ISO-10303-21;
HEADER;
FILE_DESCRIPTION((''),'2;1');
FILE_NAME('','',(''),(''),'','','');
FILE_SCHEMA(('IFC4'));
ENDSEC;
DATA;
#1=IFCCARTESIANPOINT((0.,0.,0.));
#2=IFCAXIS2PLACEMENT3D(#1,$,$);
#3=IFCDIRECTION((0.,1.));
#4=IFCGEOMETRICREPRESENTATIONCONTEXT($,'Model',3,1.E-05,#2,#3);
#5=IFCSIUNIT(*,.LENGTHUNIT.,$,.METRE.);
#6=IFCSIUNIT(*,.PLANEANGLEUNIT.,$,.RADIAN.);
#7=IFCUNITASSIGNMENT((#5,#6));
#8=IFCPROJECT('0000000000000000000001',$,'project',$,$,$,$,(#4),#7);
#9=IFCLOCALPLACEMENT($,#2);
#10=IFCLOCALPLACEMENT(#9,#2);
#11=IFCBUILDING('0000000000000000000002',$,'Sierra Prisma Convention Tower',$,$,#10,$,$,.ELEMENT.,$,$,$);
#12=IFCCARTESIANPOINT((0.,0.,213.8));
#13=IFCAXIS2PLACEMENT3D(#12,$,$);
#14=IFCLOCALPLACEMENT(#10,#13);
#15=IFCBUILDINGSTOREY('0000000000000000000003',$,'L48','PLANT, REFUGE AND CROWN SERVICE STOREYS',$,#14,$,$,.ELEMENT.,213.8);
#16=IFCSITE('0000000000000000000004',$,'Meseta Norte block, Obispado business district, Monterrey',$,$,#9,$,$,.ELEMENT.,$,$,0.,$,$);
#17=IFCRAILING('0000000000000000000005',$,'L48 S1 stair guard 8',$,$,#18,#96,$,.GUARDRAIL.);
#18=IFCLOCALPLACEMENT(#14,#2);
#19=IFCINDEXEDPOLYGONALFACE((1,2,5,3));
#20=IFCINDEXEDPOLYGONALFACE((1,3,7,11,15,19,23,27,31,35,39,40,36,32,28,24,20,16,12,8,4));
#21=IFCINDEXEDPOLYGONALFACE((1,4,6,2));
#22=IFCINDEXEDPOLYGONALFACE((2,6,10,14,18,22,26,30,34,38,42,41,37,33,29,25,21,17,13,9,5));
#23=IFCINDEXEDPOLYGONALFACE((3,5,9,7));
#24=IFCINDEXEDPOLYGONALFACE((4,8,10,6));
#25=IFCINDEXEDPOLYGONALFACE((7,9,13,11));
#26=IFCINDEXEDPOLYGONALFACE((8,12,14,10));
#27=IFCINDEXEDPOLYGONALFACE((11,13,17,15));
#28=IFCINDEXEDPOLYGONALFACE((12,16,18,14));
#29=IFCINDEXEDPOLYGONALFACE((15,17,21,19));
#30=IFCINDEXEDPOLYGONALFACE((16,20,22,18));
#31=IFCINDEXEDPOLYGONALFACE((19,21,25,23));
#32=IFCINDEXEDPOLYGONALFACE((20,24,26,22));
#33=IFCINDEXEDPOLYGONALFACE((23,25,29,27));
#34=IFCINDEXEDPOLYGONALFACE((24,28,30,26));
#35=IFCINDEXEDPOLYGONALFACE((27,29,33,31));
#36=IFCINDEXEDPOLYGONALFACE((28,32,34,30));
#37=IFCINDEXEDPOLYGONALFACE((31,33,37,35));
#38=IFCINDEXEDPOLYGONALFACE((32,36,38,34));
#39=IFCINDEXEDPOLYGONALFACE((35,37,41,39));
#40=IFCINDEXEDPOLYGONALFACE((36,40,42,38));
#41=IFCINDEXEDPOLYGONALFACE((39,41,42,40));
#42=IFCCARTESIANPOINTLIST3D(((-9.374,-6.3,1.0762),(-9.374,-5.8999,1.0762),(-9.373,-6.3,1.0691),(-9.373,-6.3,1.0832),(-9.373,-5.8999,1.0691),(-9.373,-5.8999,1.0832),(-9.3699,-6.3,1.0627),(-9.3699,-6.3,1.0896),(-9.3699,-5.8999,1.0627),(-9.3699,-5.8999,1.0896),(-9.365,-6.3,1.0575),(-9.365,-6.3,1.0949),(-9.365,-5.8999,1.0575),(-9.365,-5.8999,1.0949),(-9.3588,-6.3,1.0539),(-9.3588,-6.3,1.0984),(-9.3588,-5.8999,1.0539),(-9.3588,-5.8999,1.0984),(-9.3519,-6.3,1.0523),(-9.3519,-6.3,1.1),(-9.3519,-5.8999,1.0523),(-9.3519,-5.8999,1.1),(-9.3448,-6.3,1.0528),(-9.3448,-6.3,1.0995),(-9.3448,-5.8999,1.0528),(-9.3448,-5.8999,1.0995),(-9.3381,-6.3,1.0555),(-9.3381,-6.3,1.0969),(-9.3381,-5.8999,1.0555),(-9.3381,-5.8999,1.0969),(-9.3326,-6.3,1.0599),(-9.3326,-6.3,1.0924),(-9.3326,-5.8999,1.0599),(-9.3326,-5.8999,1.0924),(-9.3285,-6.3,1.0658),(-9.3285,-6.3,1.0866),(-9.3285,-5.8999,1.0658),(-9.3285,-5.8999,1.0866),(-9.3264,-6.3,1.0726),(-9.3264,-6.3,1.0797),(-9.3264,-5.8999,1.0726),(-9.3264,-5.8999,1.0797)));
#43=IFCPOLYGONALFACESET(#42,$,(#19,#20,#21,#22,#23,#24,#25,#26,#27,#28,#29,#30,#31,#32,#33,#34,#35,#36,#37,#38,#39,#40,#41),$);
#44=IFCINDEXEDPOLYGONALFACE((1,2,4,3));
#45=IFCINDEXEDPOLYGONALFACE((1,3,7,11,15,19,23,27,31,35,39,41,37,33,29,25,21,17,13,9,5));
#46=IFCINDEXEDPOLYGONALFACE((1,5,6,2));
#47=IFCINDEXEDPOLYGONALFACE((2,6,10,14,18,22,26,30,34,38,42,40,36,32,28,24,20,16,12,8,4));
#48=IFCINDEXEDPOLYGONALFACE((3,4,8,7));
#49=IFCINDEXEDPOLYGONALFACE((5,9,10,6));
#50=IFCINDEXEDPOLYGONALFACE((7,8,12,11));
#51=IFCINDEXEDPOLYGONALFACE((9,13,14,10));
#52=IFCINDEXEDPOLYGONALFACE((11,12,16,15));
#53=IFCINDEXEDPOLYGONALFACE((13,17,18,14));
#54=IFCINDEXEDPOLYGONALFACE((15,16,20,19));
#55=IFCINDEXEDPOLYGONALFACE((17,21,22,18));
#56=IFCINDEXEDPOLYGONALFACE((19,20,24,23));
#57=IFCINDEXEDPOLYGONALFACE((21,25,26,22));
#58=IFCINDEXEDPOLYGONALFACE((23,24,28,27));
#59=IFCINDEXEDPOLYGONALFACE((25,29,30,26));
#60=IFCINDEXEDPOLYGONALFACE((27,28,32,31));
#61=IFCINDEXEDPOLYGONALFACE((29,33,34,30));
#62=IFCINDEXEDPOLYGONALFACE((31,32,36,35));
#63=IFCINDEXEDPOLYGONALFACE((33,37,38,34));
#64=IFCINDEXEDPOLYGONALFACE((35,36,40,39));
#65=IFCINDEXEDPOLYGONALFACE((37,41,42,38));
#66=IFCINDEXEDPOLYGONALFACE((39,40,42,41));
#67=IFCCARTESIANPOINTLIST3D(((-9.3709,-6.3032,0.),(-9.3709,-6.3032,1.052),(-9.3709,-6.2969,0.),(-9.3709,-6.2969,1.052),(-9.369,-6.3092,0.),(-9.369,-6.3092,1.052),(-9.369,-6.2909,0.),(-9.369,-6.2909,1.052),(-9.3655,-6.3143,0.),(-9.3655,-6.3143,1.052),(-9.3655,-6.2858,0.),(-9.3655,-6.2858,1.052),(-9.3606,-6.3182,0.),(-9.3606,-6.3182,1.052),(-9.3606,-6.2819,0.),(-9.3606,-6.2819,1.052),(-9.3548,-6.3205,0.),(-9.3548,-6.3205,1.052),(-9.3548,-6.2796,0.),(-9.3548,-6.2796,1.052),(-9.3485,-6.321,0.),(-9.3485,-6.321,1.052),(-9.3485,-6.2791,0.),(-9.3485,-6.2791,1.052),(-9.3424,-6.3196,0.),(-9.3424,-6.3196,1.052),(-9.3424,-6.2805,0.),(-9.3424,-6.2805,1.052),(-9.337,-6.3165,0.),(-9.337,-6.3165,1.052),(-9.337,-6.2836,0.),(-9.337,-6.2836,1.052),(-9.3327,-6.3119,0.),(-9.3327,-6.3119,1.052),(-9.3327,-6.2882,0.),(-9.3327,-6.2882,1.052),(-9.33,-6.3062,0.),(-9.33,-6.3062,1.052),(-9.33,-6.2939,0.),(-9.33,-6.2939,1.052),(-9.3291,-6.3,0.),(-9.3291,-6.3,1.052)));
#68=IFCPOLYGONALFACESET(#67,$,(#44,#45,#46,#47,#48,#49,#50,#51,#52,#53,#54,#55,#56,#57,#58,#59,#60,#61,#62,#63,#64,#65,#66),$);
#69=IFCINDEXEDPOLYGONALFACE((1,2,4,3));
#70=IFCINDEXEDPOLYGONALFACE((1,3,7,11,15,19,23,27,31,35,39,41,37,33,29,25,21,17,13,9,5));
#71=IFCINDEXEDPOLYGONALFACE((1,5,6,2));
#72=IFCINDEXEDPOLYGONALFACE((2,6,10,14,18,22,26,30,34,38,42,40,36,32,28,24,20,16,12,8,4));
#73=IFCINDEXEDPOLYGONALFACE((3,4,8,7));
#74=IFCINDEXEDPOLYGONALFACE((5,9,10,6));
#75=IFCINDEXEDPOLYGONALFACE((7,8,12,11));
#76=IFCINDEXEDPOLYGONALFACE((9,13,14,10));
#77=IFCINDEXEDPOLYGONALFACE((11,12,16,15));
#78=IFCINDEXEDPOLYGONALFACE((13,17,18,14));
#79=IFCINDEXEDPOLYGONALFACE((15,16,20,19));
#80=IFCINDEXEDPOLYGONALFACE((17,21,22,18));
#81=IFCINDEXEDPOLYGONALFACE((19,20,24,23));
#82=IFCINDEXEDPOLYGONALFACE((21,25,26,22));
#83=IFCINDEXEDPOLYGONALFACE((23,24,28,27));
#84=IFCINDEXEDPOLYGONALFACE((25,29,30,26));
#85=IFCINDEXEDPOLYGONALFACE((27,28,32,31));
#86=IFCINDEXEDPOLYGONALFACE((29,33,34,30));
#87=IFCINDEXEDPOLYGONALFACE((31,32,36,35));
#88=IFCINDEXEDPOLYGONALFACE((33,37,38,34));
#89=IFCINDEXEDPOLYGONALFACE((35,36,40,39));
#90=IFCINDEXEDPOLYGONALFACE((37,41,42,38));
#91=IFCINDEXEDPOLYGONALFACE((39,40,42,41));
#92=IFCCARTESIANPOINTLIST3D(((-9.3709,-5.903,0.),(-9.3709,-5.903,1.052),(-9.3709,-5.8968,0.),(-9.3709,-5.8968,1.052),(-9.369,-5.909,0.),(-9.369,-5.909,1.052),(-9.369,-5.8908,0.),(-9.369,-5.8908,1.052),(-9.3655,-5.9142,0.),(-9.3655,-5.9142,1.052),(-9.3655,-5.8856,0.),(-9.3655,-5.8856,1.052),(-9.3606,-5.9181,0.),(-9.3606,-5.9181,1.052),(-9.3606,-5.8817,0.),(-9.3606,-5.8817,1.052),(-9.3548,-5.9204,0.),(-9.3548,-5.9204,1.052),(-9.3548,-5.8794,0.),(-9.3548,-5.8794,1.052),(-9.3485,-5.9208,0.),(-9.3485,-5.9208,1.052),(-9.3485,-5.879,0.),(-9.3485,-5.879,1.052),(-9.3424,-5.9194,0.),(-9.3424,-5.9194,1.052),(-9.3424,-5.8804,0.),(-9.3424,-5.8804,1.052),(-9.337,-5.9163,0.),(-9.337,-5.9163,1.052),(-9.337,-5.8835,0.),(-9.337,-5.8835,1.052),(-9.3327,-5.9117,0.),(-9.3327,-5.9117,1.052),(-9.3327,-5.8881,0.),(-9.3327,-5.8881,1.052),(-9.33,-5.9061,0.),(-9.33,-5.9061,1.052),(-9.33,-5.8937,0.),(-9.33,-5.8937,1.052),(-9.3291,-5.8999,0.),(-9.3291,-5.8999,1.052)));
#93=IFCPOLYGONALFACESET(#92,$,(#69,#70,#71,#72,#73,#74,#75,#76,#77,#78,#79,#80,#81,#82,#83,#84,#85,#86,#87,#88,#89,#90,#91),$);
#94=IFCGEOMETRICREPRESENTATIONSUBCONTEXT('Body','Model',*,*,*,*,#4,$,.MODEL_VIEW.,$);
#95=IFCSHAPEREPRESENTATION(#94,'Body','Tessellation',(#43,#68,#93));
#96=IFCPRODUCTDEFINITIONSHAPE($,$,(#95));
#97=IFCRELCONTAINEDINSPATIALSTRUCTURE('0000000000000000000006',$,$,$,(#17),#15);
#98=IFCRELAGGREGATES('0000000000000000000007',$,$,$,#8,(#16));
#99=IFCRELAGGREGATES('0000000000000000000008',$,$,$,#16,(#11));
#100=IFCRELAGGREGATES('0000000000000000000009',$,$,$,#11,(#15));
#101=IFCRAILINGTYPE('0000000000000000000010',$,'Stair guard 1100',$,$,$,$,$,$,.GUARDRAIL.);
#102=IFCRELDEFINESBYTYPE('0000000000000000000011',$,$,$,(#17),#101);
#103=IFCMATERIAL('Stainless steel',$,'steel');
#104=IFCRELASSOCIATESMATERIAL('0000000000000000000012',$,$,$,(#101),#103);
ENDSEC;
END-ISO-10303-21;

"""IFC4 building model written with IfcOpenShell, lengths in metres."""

from ifc_helpers import new_model, si_unit, direction, frame, origin, origin_2d, place, context, subcontext, project, spatial, circle, extrude, material, type_object, element, save


model = new_model("IFC4")

# Units and contexts
model_context = context("Model", 3, precision=1e-05, world=origin(), true_north=direction((0.0, 1.0)))
body_context = subcontext(model_context, "Body", "Model", "MODEL_VIEW")
ifc_project = project(units=[si_unit("LENGTHUNIT", "METRE"), si_unit("PLANEANGLEUNIT", "RADIAN")], contexts=[model_context])

# Site, building, storey
site_placement = place(None, origin())
site = spatial("IfcSite", under=ifc_project, at=site_placement, Name="Meseta Norte block, Obispado business district, Monterrey", CompositionType="ELEMENT", RefElevation=0.0)
building_placement = place(site_placement, origin())
building = spatial("IfcBuilding", under=site, at=building_placement, Name="Sierra Prisma Convention Tower", CompositionType="ELEMENT")
storey_placement = place(building_placement, frame((0.0, 0.0, 213.8)))
storey = spatial("IfcBuildingStorey", under=building, at=storey_placement, Name="L48", Description="PLANT, REFUGE AND CROWN SERVICE STOREYS", CompositionType="ELEMENT", Elevation=213.8)

# Railing
ifc_material_1 = material(Name="Stainless steel", Category="steel")
railing_type_1 = type_object("IfcRailingType", Name="Stair guard 1100", PredefinedType="GUARDRAIL", material=ifc_material_1)
railing_1_placement = place(storey_placement, frame((-9.3501, -6.3, 0.0)))
element("IfcRailing", 1, at=railing_1_placement, inside=storey, type_object=railing_type_1, Name="L48 S1 stair guard 8", PredefinedType="GUARDRAIL", context=body_context, shape_type="SweptSolid", body=[
    extrude(circle(Radius=0.0239, at=origin_2d()), frame((0.0, 0.0, 1.0762), z_axis=(0.0, 1.0, 0.0), x_axis=(-1.0, 0.0, 0.0)), (0.0, 0.0, 1.0), 0.4001),
    extrude(circle(Radius=0.021, at=origin_2d()), origin(), (0.0, 0.0, 1.0), 1.052),
    extrude(circle(Radius=0.021, at=origin_2d()), frame((0.0, 0.4001, 0.0)), (0.0, 0.0, 1.0), 1.052),
])

save(model, "model.ifc")
